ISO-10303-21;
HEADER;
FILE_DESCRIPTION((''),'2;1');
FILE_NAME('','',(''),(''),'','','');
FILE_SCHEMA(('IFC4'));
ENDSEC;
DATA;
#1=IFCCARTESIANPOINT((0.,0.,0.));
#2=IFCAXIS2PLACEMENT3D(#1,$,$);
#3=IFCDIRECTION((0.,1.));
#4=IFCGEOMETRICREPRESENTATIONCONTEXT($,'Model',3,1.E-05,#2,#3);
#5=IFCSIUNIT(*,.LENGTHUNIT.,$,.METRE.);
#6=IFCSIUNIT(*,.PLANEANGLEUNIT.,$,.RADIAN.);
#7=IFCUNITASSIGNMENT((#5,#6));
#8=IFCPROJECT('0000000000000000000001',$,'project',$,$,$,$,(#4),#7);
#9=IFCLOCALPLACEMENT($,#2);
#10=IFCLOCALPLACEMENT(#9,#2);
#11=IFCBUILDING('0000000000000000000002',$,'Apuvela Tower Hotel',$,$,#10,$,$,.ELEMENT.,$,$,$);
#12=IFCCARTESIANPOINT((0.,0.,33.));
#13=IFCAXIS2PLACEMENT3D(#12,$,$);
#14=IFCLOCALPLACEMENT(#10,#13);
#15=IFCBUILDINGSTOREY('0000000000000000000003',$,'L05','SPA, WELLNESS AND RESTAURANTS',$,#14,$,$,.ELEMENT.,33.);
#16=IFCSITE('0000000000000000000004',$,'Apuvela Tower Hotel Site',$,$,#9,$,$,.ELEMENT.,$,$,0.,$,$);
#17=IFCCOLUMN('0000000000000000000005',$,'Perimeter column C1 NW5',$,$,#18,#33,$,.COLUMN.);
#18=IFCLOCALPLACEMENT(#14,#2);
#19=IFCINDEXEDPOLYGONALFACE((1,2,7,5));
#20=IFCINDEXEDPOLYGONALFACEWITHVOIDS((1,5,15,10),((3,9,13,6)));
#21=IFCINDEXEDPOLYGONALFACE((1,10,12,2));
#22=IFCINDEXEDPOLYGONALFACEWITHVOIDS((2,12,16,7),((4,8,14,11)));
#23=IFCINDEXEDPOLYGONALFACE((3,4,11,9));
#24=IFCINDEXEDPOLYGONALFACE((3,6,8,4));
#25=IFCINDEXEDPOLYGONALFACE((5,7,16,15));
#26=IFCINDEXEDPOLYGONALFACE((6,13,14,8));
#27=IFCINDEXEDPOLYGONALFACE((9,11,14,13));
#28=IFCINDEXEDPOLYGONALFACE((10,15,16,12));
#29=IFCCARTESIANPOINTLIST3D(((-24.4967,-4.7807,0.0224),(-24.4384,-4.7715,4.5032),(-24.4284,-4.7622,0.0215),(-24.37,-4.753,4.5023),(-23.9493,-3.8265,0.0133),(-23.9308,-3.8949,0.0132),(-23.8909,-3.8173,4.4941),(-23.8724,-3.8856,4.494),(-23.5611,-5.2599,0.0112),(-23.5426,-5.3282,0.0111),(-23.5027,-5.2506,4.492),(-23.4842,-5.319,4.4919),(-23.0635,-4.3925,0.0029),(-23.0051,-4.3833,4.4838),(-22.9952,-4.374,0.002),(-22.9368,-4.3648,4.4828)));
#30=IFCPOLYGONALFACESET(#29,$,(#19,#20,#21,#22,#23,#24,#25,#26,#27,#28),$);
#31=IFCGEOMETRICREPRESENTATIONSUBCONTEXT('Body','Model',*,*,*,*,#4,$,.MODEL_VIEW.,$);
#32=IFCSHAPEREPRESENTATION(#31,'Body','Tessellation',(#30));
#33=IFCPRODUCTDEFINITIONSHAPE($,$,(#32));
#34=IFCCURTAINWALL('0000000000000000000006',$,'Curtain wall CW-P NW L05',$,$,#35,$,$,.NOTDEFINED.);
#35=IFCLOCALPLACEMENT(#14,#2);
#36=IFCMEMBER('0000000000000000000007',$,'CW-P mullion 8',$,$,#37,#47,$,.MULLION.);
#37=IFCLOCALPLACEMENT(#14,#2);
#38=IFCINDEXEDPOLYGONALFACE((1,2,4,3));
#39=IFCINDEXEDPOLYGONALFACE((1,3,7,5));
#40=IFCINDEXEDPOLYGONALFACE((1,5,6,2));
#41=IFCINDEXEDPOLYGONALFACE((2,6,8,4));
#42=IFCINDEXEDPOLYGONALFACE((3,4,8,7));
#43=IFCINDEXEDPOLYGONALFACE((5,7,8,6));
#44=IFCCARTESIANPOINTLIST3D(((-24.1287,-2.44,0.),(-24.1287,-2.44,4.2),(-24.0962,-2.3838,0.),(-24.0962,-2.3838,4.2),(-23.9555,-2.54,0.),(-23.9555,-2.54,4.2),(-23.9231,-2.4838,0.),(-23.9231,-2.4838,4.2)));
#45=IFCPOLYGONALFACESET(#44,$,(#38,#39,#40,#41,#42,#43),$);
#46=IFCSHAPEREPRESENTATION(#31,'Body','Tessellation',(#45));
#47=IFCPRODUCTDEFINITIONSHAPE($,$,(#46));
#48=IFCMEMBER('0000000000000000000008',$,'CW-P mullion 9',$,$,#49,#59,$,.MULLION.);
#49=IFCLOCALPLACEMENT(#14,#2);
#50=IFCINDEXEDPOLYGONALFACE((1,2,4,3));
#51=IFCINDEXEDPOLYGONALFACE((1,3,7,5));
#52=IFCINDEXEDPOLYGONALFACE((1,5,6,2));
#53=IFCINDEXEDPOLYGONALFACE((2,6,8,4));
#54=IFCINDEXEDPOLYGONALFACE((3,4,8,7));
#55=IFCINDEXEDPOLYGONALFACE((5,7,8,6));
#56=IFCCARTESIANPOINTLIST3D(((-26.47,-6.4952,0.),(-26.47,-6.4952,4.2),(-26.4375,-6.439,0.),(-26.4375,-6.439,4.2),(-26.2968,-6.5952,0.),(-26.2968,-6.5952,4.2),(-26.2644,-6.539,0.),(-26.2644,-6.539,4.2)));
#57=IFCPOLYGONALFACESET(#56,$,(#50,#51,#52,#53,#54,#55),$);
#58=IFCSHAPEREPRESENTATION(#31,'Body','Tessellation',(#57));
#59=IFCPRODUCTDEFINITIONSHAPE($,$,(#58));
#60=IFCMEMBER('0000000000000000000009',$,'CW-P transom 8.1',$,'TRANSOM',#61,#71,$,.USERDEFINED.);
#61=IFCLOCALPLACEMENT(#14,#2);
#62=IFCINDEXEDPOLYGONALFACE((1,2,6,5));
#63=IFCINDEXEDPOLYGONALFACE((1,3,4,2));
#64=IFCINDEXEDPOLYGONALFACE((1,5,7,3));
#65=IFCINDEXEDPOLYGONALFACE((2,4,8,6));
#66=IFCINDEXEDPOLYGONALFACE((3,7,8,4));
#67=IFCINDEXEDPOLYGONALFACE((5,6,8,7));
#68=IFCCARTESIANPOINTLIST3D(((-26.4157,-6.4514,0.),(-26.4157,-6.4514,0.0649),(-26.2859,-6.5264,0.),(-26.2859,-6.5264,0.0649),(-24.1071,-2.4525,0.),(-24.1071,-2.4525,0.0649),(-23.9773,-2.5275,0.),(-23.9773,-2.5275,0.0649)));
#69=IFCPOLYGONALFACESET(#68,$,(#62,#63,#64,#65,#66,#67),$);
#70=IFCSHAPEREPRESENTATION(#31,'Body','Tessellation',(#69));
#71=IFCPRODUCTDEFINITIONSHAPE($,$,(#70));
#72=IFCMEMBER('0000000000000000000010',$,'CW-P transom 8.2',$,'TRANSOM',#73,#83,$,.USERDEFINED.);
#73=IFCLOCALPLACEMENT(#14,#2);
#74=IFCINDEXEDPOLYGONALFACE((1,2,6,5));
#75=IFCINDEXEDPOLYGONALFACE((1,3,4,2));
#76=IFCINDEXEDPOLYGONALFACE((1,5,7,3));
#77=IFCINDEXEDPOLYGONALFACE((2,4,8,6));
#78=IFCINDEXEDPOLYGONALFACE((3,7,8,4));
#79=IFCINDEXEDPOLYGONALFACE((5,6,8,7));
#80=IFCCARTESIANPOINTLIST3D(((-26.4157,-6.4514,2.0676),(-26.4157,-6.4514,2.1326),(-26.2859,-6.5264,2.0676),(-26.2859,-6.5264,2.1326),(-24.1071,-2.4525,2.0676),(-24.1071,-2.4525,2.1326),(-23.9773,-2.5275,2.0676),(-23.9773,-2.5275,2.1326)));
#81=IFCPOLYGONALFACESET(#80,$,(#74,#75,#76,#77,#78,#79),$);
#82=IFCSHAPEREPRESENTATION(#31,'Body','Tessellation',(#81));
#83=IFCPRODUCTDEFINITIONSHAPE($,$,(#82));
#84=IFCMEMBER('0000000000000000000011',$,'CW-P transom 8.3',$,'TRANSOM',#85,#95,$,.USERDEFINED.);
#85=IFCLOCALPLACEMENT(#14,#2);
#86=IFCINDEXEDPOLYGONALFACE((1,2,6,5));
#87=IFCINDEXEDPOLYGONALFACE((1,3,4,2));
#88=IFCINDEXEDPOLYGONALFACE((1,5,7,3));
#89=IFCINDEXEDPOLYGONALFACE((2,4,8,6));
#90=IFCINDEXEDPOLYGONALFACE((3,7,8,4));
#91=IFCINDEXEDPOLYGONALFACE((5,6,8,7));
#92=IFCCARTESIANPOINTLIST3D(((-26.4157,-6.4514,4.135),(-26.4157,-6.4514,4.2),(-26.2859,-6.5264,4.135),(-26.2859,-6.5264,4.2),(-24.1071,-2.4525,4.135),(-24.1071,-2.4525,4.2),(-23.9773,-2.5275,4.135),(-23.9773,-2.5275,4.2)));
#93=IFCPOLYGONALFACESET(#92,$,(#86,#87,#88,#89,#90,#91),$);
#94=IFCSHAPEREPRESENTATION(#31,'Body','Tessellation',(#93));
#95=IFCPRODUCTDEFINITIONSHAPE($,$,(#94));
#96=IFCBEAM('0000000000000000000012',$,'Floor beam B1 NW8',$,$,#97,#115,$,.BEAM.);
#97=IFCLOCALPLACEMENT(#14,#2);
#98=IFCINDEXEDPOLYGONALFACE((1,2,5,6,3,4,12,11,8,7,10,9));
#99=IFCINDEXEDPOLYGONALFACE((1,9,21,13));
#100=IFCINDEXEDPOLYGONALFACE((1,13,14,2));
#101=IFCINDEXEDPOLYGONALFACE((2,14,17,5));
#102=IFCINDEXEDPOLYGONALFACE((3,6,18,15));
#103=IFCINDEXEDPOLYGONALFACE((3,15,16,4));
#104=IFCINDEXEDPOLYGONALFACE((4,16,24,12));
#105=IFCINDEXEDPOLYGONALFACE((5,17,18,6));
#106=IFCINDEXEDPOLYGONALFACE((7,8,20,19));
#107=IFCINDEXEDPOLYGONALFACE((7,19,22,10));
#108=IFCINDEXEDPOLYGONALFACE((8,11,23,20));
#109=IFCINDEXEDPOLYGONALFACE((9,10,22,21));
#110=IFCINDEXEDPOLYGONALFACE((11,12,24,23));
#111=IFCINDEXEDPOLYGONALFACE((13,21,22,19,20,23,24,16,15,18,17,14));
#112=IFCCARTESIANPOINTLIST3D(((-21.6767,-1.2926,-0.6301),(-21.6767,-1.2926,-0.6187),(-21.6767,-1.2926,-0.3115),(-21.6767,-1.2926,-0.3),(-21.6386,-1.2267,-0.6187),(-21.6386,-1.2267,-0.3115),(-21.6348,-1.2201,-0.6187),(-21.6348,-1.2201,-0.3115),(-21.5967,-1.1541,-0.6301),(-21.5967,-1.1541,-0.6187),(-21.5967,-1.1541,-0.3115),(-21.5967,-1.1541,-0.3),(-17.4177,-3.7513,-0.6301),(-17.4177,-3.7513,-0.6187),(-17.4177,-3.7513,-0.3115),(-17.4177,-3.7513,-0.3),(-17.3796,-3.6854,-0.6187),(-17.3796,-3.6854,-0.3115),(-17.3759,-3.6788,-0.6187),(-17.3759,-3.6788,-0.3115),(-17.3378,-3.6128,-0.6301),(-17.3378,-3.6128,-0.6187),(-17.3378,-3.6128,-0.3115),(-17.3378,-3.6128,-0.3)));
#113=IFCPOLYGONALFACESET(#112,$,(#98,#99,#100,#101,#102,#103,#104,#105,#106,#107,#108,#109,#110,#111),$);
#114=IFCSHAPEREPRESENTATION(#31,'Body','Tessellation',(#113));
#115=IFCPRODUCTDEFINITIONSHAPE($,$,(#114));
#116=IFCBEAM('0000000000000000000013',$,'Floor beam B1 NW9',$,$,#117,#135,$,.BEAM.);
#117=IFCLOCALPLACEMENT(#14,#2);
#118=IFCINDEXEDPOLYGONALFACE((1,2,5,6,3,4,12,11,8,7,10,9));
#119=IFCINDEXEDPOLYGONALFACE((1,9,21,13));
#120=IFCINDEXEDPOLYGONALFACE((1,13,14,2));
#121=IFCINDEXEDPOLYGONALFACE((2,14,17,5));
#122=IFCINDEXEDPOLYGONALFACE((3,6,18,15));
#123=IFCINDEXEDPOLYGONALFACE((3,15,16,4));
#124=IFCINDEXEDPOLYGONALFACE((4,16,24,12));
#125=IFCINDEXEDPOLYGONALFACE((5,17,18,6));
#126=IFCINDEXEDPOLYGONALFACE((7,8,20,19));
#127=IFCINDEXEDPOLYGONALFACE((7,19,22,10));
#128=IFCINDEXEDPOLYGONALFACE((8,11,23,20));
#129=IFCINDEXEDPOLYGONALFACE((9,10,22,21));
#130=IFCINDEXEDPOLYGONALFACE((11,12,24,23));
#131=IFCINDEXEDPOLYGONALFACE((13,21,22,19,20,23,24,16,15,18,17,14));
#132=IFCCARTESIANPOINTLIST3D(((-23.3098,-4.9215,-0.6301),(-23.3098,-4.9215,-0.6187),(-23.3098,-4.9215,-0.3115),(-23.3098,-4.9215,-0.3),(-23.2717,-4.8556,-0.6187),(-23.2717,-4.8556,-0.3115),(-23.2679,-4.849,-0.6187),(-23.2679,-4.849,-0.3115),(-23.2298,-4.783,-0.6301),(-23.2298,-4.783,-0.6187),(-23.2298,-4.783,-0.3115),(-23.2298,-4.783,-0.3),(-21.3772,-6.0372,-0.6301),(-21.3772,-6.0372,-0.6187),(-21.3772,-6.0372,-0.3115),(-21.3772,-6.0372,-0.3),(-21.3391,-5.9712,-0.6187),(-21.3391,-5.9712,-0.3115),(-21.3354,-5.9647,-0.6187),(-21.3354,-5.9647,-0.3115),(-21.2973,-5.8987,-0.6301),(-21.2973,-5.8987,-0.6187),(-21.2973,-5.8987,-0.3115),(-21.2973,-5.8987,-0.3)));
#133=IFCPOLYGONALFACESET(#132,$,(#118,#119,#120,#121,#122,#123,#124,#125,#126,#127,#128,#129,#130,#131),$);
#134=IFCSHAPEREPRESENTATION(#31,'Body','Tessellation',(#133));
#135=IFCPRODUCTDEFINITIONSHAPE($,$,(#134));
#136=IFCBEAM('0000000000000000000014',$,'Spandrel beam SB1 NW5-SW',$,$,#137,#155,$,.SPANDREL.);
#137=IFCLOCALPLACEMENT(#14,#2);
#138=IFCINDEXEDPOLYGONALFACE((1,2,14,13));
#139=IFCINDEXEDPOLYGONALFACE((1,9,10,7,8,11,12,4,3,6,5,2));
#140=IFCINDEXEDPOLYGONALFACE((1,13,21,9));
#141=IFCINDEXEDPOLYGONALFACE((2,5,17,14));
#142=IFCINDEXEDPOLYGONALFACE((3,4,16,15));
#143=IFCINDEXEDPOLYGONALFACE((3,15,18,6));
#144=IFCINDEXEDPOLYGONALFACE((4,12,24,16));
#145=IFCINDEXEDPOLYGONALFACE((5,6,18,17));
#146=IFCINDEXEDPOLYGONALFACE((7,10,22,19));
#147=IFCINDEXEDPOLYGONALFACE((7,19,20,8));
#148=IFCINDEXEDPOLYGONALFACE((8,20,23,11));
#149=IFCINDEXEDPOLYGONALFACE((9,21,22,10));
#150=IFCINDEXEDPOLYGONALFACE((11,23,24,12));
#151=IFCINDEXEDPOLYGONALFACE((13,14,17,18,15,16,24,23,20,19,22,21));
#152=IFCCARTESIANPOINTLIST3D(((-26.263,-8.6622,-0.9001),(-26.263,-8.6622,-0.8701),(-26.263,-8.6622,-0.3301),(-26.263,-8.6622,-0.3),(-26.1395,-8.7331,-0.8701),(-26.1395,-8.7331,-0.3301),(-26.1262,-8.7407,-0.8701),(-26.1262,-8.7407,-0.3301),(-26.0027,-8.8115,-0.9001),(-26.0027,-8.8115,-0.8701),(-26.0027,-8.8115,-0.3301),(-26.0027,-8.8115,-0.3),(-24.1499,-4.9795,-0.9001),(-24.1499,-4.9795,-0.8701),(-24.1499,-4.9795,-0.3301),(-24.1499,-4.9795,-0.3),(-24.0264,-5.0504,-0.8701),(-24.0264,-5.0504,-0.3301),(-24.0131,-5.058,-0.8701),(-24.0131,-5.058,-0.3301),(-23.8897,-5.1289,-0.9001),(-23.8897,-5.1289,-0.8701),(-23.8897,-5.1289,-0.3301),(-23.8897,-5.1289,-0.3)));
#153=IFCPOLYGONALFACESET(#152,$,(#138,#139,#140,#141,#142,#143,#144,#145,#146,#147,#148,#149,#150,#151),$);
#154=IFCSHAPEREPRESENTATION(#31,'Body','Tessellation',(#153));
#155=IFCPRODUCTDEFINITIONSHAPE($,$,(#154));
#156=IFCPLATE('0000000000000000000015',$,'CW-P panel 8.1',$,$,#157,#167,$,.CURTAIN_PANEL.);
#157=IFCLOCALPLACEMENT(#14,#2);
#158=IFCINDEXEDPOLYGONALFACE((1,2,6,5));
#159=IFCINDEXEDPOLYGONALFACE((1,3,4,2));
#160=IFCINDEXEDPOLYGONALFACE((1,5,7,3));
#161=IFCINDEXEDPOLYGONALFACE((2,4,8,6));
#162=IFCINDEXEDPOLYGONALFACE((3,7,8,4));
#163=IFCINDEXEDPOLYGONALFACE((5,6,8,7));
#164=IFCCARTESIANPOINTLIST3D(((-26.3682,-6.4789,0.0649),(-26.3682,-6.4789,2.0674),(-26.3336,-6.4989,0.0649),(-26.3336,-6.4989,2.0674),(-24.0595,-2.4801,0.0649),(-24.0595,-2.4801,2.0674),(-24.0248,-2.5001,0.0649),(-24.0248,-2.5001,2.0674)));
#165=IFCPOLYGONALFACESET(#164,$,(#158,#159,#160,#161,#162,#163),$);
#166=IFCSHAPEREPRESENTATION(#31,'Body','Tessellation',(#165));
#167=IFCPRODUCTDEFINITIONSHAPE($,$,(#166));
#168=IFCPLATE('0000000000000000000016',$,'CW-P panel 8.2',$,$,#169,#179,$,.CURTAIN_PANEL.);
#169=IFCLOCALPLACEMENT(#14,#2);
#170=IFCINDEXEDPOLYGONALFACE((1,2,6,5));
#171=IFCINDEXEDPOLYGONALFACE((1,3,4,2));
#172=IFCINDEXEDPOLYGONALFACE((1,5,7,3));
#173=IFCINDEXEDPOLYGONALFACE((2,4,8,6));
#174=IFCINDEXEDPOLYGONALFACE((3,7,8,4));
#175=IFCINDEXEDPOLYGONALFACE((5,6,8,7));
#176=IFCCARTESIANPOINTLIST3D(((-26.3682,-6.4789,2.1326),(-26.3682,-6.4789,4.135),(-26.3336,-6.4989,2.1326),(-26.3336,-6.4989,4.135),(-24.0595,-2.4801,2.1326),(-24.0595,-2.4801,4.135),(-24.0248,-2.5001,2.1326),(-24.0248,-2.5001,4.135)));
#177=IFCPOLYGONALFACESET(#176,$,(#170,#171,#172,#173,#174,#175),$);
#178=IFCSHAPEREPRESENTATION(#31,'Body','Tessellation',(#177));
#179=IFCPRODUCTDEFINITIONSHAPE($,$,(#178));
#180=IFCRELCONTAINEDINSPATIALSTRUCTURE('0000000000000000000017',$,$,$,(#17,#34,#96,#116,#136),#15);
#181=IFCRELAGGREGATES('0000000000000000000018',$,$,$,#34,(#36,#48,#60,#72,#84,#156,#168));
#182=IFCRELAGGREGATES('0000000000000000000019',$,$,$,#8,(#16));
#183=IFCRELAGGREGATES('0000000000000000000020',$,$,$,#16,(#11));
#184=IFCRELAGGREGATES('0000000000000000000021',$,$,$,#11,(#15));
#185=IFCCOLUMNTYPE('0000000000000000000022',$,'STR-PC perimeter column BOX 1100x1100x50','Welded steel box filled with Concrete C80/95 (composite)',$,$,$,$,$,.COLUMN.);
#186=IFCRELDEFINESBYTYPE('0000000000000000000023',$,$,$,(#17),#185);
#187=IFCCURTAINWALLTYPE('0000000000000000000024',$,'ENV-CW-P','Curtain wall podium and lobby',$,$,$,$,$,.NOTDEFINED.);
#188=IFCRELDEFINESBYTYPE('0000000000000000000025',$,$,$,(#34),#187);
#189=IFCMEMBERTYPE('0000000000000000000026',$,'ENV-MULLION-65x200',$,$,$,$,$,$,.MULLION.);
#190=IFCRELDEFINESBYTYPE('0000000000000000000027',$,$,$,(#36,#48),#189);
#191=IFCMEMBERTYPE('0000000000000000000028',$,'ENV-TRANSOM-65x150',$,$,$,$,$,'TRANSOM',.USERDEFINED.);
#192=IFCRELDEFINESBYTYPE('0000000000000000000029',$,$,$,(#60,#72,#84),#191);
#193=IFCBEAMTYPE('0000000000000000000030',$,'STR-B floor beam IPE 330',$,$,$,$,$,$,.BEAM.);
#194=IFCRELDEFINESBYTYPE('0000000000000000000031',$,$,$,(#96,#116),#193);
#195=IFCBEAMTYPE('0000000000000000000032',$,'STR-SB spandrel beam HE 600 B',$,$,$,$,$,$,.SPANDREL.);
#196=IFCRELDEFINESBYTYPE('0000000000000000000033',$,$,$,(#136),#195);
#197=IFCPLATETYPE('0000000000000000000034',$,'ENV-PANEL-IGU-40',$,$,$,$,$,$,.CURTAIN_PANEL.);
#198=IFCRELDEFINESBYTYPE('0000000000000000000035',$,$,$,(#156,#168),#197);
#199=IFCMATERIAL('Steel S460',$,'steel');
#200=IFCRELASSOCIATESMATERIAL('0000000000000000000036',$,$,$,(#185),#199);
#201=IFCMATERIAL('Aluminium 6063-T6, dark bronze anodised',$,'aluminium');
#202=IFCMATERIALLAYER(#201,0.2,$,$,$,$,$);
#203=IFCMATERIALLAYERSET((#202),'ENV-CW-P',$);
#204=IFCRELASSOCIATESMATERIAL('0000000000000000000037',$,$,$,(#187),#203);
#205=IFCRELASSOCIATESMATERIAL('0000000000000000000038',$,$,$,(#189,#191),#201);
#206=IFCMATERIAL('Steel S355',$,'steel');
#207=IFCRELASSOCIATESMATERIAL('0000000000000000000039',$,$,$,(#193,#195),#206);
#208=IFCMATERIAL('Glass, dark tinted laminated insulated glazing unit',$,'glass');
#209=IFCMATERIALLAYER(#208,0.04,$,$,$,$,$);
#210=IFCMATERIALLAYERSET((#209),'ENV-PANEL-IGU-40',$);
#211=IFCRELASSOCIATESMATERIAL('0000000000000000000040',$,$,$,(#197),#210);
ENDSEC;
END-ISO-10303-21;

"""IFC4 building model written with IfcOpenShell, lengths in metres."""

from ifc_helpers import new_model, si_unit, direction, frame, origin, origin_2d, place, context, subcontext, project, spatial, rectangle, hollow_rectangle, i_section, extrude, boolean, halfspace, material, layer, layer_set, material_profile, profile_set, type_object, element, aggregate, save


model = new_model("IFC4")

# Units and contexts
model_context = context("Model", 3, precision=1e-05, world=origin(), true_north=direction((0.0, 1.0)))
body_context = subcontext(model_context, "Body", "Model", "MODEL_VIEW")
ifc_project = project(units=[si_unit("LENGTHUNIT", "METRE"), si_unit("PLANEANGLEUNIT", "RADIAN")], contexts=[model_context])

# Site, building, storey
site_placement = place(None, origin())
site = spatial("IfcSite", under=ifc_project, at=site_placement, Name="Apuvela Tower Hotel Site", CompositionType="ELEMENT", RefElevation=0.0)
building_placement = place(site_placement, origin())
building = spatial("IfcBuilding", under=site, at=building_placement, Name="Apuvela Tower Hotel", CompositionType="ELEMENT")
storey_placement = place(building_placement, frame((0.0, 0.0, 33.0)))
storey = spatial("IfcBuildingStorey", under=building, at=storey_placement, Name="L05", Description="SPA, WELLNESS AND RESTAURANTS", CompositionType="ELEMENT", Elevation=33.0)

# Column
ifc_material_1 = material(Name="Steel S460", Category="steel")
ifc_material_profile_1 = material_profile(ifc_material_1, hollow_rectangle(XDim=1.1001, YDim=1.1001, WallThickness=0.05, at=origin_2d()), Name="BOX 1100x1100x50")
ifc_material_2 = material(Name="Concrete C80/95", Category="concrete")
ifc_material_profile_2 = material_profile(ifc_material_2, rectangle(XDim=1.0, YDim=1.0, at=origin_2d()), Name="Concrete C80/95 infill")
ifc_profile_set_1 = profile_set([ifc_material_profile_1, ifc_material_profile_2], Name="Steel S460")
column_type = type_object("IfcColumnType", Name="STR-PC perimeter column BOX 1100x1100x50", Description="Welded steel box filled with Concrete C80/95 (composite)", PredefinedType="COLUMN", material=ifc_profile_set_1)
column_placement = place(storey_placement, frame((-23.7461, -4.5774, 0.0), z_axis=(0.01302, 0.002061, 0.999913), x_axis=(-0.497599, -0.867368, 0.008267)))
element("IfcColumn", 1, at=column_placement, inside=storey, type_object=column_type, Name="Perimeter column C1 NW5", PredefinedType="COLUMN", context=body_context, shape_type="SweptSolid", body=[
    boolean("DIFFERENCE", boolean("DIFFERENCE", extrude(hollow_rectangle(XDim=1.1001, YDim=1.1001, WallThickness=0.05, at=origin_2d()), origin(), (0.0, 0.0, 1.0), 4.5005), halfspace(frame((0.0, 0.0, 0.0122), z_axis=(0.0, 0.0, 1.0), x_axis=(1.0, 0.0, 0.0)), True)), halfspace(frame((0.0, 0.0, 4.4934), z_axis=(0.0, 0.0, 1.0), x_axis=(1.0, 0.0, 0.0)), False)),
])

# Curtain wall, members
ifc_material_3 = material(Name="Aluminium 6063-T6, dark bronze anodised", Category="aluminium")
ifc_layer_1 = layer(ifc_material_3, 0.2)
ifc_layer_set_1 = layer_set([ifc_layer_1], Name="ENV-CW-P")
curtain_wall_type = type_object("IfcCurtainWallType", Name="ENV-CW-P", Description="Curtain wall podium and lobby", PredefinedType="NOTDEFINED", material=ifc_layer_set_1)
curtain_wall_placement = place(storey_placement, origin())
curtain_wall = element("IfcCurtainWall", 2, at=curtain_wall_placement, inside=storey, type_object=curtain_wall_type, Name="Curtain wall CW-P NW L05", PredefinedType="NOTDEFINED")
ifc_material_profile_3 = material_profile(ifc_material_3, rectangle(XDim=0.2, YDim=0.0649, at=origin_2d()), Name="AL 65x200")
ifc_profile_set_2 = profile_set([ifc_material_profile_3], Name="Aluminium 6063-T6, dark bronze anodised")
member_type_1 = type_object("IfcMemberType", Name="ENV-MULLION-65x200", PredefinedType="MULLION", material=ifc_profile_set_2)
member_1_placement = place(storey_placement, frame((-24.0259, -2.4619, 0.0), z_axis=(0.0, 0.0, 1.0), x_axis=(0.866026, -0.5, 0.0)))
member_1 = element("IfcMember", 3, at=member_1_placement, type_object=member_type_1, Name="CW-P mullion 8", PredefinedType="MULLION", context=body_context, shape_type="SweptSolid", body=[
    extrude(rectangle(XDim=0.2, YDim=0.0649, at=origin_2d()), origin(), (0.0, 0.0, 1.0), 4.2),
])
member_2_placement = place(storey_placement, frame((-26.3672, -6.5171, 0.0), z_axis=(0.0, 0.0, 1.0), x_axis=(0.866026, -0.5, 0.0)))
member_2 = element("IfcMember", 4, at=member_2_placement, type_object=member_type_1, Name="CW-P mullion 9", PredefinedType="MULLION", context=body_context, shape_type="SweptSolid", body=[
    extrude(rectangle(XDim=0.2, YDim=0.0649, at=origin_2d()), origin(), (0.0, 0.0, 1.0), 4.2),
])
ifc_material_profile_4 = material_profile(ifc_material_3, rectangle(XDim=0.1499, YDim=0.0649, at=origin_2d()), Name="AL 65x150 transom")
ifc_profile_set_3 = profile_set([ifc_material_profile_4], Name="Aluminium 6063-T6, dark bronze anodised")
member_type_2 = type_object("IfcMemberType", Name="ENV-TRANSOM-65x150", ElementType="TRANSOM", PredefinedType="USERDEFINED", material=ifc_profile_set_3)
member_3_placement = place(storey_placement, frame((-24.0422, -2.49, 0.0325), z_axis=(-0.49996, -0.866048, 0.0), x_axis=(0.866048, -0.49996, 0.0)))
member_3 = element("IfcMember", 5, at=member_3_placement, type_object=member_type_2, Name="CW-P transom 8.1", ObjectType="TRANSOM", PredefinedType="USERDEFINED", context=body_context, shape_type="SweptSolid", body=[
    extrude(rectangle(XDim=0.1499, YDim=0.0649, at=origin_2d()), origin(), (0.0, 0.0, 1.0), 4.6174),
])
member_4_placement = place(storey_placement, frame((-24.0422, -2.49, 2.1001), z_axis=(-0.49996, -0.866048, 0.0), x_axis=(0.866048, -0.49996, 0.0)))
member_4 = element("IfcMember", 6, at=member_4_placement, type_object=member_type_2, Name="CW-P transom 8.2", ObjectType="TRANSOM", PredefinedType="USERDEFINED", context=body_context, shape_type="SweptSolid", body=[
    extrude(rectangle(XDim=0.1499, YDim=0.0649, at=origin_2d()), origin(), (0.0, 0.0, 1.0), 4.6174),
])
member_5_placement = place(storey_placement, frame((-24.0422, -2.49, 4.1675), z_axis=(-0.49996, -0.866048, 0.0), x_axis=(0.866048, -0.49996, 0.0)))
member_5 = element("IfcMember", 7, at=member_5_placement, type_object=member_type_2, Name="CW-P transom 8.3", ObjectType="TRANSOM", PredefinedType="USERDEFINED", context=body_context, shape_type="SweptSolid", body=[
    extrude(rectangle(XDim=0.1499, YDim=0.0649, at=origin_2d()), origin(), (0.0, 0.0, 1.0), 4.6174),
])

# Beams
ifc_material_4 = material(Name="Steel S355", Category="steel")
ifc_material_profile_5 = material_profile(ifc_material_4, i_section(OverallWidth=0.1599, OverallDepth=0.3301, WebThickness=0.0076, FlangeThickness=0.0115, at=origin_2d()), Name="IPE 330")
ifc_profile_set_4 = profile_set([ifc_material_profile_5], Name="Steel S355")
beam_type_1 = type_object("IfcBeamType", Name="STR-B floor beam IPE 330", PredefinedType="BEAM", material=ifc_profile_set_4)
beam_1_placement = place(storey_placement, frame((-21.6367, -1.2234, -0.4651), z_axis=(0.866044, -0.499967, 0.0), x_axis=(0.499967, 0.866044, 0.0)))
element("IfcBeam", 8, at=beam_1_placement, inside=storey, type_object=beam_type_1, Name="Floor beam B1 NW8", PredefinedType="BEAM", context=body_context, shape_type="SweptSolid", body=[
    extrude(i_section(OverallWidth=0.1599, OverallDepth=0.3301, WebThickness=0.0076, FlangeThickness=0.0115, at=origin_2d()), origin(), (0.0, 0.0, 1.0), 4.9177),
])
beam_2_placement = place(storey_placement, frame((-23.2698, -4.8523, -0.4651), z_axis=(0.86604, -0.499975, 0.0), x_axis=(0.499975, 0.86604, 0.0)))
element("IfcBeam", 9, at=beam_2_placement, inside=storey, type_object=beam_type_1, Name="Floor beam B1 NW9", PredefinedType="BEAM", context=body_context, shape_type="SweptSolid", body=[
    extrude(i_section(OverallWidth=0.1599, OverallDepth=0.3301, WebThickness=0.0076, FlangeThickness=0.0115, at=origin_2d()), origin(), (0.0, 0.0, 1.0), 2.2314),
])
ifc_material_profile_6 = material_profile(ifc_material_4, i_section(OverallWidth=0.3, OverallDepth=0.6001, WebThickness=0.0154, FlangeThickness=0.03, at=origin_2d()), Name="HE 600 B")
ifc_profile_set_5 = profile_set([ifc_material_profile_6], Name="Steel S355")
beam_type_2 = type_object("IfcBeamType", Name="STR-SB spandrel beam HE 600 B", PredefinedType="SPANDREL", material=ifc_profile_set_5)
beam_3_placement = place(storey_placement, frame((-24.0198, -5.0542, -0.6001), z_axis=(-0.49768, -0.867361, 0.0), x_axis=(0.867361, -0.49768, 0.0)))
element("IfcBeam", 10, at=beam_3_placement, inside=storey, type_object=beam_type_2, Name="Spandrel beam SB1 NW5-SW", PredefinedType="SPANDREL", context=body_context, shape_type="SweptSolid", body=[
    extrude(i_section(OverallWidth=0.3, OverallDepth=0.6001, WebThickness=0.0154, FlangeThickness=0.03, at=origin_2d()), origin(), (0.0, 0.0, 1.0), 4.2458),
])

# Plates
ifc_material_5 = material(Name="Glass, dark tinted laminated insulated glazing unit", Category="glass")
ifc_layer_2 = layer(ifc_material_5, 0.04)
ifc_layer_set_2 = layer_set([ifc_layer_2], Name="ENV-PANEL-IGU-40")
plate_type = type_object("IfcPlateType", Name="ENV-PANEL-IGU-40", PredefinedType="CURTAIN_PANEL", material=ifc_layer_set_2)
plate_1_placement = place(storey_placement, frame((-25.1965, -4.4895, 0.0649), z_axis=(0.0, 0.0, 1.0), x_axis=(-0.5, -0.866026, 0.0)))
plate_1 = element("IfcPlate", 11, at=plate_1_placement, type_object=plate_type, Name="CW-P panel 8.1", PredefinedType="CURTAIN_PANEL", context=body_context, shape_type="SweptSolid", body=[
    extrude(rectangle(XDim=4.6174, YDim=0.04, at=origin_2d()), origin(), (0.0, 0.0, 1.0), 2.0024),
])
plate_2_placement = place(storey_placement, frame((-25.1965, -4.4895, 2.1326), z_axis=(0.0, 0.0, 1.0), x_axis=(-0.5, -0.866026, 0.0)))
plate_2 = element("IfcPlate", 12, at=plate_2_placement, type_object=plate_type, Name="CW-P panel 8.2", PredefinedType="CURTAIN_PANEL", context=body_context, shape_type="SweptSolid", body=[
    extrude(rectangle(XDim=4.6174, YDim=0.04, at=origin_2d()), origin(), (0.0, 0.0, 1.0), 2.0024),
])
aggregate(curtain_wall, [member_1, member_2, member_3, member_4, member_5, plate_1, plate_2])

save(model, "model.ifc")
